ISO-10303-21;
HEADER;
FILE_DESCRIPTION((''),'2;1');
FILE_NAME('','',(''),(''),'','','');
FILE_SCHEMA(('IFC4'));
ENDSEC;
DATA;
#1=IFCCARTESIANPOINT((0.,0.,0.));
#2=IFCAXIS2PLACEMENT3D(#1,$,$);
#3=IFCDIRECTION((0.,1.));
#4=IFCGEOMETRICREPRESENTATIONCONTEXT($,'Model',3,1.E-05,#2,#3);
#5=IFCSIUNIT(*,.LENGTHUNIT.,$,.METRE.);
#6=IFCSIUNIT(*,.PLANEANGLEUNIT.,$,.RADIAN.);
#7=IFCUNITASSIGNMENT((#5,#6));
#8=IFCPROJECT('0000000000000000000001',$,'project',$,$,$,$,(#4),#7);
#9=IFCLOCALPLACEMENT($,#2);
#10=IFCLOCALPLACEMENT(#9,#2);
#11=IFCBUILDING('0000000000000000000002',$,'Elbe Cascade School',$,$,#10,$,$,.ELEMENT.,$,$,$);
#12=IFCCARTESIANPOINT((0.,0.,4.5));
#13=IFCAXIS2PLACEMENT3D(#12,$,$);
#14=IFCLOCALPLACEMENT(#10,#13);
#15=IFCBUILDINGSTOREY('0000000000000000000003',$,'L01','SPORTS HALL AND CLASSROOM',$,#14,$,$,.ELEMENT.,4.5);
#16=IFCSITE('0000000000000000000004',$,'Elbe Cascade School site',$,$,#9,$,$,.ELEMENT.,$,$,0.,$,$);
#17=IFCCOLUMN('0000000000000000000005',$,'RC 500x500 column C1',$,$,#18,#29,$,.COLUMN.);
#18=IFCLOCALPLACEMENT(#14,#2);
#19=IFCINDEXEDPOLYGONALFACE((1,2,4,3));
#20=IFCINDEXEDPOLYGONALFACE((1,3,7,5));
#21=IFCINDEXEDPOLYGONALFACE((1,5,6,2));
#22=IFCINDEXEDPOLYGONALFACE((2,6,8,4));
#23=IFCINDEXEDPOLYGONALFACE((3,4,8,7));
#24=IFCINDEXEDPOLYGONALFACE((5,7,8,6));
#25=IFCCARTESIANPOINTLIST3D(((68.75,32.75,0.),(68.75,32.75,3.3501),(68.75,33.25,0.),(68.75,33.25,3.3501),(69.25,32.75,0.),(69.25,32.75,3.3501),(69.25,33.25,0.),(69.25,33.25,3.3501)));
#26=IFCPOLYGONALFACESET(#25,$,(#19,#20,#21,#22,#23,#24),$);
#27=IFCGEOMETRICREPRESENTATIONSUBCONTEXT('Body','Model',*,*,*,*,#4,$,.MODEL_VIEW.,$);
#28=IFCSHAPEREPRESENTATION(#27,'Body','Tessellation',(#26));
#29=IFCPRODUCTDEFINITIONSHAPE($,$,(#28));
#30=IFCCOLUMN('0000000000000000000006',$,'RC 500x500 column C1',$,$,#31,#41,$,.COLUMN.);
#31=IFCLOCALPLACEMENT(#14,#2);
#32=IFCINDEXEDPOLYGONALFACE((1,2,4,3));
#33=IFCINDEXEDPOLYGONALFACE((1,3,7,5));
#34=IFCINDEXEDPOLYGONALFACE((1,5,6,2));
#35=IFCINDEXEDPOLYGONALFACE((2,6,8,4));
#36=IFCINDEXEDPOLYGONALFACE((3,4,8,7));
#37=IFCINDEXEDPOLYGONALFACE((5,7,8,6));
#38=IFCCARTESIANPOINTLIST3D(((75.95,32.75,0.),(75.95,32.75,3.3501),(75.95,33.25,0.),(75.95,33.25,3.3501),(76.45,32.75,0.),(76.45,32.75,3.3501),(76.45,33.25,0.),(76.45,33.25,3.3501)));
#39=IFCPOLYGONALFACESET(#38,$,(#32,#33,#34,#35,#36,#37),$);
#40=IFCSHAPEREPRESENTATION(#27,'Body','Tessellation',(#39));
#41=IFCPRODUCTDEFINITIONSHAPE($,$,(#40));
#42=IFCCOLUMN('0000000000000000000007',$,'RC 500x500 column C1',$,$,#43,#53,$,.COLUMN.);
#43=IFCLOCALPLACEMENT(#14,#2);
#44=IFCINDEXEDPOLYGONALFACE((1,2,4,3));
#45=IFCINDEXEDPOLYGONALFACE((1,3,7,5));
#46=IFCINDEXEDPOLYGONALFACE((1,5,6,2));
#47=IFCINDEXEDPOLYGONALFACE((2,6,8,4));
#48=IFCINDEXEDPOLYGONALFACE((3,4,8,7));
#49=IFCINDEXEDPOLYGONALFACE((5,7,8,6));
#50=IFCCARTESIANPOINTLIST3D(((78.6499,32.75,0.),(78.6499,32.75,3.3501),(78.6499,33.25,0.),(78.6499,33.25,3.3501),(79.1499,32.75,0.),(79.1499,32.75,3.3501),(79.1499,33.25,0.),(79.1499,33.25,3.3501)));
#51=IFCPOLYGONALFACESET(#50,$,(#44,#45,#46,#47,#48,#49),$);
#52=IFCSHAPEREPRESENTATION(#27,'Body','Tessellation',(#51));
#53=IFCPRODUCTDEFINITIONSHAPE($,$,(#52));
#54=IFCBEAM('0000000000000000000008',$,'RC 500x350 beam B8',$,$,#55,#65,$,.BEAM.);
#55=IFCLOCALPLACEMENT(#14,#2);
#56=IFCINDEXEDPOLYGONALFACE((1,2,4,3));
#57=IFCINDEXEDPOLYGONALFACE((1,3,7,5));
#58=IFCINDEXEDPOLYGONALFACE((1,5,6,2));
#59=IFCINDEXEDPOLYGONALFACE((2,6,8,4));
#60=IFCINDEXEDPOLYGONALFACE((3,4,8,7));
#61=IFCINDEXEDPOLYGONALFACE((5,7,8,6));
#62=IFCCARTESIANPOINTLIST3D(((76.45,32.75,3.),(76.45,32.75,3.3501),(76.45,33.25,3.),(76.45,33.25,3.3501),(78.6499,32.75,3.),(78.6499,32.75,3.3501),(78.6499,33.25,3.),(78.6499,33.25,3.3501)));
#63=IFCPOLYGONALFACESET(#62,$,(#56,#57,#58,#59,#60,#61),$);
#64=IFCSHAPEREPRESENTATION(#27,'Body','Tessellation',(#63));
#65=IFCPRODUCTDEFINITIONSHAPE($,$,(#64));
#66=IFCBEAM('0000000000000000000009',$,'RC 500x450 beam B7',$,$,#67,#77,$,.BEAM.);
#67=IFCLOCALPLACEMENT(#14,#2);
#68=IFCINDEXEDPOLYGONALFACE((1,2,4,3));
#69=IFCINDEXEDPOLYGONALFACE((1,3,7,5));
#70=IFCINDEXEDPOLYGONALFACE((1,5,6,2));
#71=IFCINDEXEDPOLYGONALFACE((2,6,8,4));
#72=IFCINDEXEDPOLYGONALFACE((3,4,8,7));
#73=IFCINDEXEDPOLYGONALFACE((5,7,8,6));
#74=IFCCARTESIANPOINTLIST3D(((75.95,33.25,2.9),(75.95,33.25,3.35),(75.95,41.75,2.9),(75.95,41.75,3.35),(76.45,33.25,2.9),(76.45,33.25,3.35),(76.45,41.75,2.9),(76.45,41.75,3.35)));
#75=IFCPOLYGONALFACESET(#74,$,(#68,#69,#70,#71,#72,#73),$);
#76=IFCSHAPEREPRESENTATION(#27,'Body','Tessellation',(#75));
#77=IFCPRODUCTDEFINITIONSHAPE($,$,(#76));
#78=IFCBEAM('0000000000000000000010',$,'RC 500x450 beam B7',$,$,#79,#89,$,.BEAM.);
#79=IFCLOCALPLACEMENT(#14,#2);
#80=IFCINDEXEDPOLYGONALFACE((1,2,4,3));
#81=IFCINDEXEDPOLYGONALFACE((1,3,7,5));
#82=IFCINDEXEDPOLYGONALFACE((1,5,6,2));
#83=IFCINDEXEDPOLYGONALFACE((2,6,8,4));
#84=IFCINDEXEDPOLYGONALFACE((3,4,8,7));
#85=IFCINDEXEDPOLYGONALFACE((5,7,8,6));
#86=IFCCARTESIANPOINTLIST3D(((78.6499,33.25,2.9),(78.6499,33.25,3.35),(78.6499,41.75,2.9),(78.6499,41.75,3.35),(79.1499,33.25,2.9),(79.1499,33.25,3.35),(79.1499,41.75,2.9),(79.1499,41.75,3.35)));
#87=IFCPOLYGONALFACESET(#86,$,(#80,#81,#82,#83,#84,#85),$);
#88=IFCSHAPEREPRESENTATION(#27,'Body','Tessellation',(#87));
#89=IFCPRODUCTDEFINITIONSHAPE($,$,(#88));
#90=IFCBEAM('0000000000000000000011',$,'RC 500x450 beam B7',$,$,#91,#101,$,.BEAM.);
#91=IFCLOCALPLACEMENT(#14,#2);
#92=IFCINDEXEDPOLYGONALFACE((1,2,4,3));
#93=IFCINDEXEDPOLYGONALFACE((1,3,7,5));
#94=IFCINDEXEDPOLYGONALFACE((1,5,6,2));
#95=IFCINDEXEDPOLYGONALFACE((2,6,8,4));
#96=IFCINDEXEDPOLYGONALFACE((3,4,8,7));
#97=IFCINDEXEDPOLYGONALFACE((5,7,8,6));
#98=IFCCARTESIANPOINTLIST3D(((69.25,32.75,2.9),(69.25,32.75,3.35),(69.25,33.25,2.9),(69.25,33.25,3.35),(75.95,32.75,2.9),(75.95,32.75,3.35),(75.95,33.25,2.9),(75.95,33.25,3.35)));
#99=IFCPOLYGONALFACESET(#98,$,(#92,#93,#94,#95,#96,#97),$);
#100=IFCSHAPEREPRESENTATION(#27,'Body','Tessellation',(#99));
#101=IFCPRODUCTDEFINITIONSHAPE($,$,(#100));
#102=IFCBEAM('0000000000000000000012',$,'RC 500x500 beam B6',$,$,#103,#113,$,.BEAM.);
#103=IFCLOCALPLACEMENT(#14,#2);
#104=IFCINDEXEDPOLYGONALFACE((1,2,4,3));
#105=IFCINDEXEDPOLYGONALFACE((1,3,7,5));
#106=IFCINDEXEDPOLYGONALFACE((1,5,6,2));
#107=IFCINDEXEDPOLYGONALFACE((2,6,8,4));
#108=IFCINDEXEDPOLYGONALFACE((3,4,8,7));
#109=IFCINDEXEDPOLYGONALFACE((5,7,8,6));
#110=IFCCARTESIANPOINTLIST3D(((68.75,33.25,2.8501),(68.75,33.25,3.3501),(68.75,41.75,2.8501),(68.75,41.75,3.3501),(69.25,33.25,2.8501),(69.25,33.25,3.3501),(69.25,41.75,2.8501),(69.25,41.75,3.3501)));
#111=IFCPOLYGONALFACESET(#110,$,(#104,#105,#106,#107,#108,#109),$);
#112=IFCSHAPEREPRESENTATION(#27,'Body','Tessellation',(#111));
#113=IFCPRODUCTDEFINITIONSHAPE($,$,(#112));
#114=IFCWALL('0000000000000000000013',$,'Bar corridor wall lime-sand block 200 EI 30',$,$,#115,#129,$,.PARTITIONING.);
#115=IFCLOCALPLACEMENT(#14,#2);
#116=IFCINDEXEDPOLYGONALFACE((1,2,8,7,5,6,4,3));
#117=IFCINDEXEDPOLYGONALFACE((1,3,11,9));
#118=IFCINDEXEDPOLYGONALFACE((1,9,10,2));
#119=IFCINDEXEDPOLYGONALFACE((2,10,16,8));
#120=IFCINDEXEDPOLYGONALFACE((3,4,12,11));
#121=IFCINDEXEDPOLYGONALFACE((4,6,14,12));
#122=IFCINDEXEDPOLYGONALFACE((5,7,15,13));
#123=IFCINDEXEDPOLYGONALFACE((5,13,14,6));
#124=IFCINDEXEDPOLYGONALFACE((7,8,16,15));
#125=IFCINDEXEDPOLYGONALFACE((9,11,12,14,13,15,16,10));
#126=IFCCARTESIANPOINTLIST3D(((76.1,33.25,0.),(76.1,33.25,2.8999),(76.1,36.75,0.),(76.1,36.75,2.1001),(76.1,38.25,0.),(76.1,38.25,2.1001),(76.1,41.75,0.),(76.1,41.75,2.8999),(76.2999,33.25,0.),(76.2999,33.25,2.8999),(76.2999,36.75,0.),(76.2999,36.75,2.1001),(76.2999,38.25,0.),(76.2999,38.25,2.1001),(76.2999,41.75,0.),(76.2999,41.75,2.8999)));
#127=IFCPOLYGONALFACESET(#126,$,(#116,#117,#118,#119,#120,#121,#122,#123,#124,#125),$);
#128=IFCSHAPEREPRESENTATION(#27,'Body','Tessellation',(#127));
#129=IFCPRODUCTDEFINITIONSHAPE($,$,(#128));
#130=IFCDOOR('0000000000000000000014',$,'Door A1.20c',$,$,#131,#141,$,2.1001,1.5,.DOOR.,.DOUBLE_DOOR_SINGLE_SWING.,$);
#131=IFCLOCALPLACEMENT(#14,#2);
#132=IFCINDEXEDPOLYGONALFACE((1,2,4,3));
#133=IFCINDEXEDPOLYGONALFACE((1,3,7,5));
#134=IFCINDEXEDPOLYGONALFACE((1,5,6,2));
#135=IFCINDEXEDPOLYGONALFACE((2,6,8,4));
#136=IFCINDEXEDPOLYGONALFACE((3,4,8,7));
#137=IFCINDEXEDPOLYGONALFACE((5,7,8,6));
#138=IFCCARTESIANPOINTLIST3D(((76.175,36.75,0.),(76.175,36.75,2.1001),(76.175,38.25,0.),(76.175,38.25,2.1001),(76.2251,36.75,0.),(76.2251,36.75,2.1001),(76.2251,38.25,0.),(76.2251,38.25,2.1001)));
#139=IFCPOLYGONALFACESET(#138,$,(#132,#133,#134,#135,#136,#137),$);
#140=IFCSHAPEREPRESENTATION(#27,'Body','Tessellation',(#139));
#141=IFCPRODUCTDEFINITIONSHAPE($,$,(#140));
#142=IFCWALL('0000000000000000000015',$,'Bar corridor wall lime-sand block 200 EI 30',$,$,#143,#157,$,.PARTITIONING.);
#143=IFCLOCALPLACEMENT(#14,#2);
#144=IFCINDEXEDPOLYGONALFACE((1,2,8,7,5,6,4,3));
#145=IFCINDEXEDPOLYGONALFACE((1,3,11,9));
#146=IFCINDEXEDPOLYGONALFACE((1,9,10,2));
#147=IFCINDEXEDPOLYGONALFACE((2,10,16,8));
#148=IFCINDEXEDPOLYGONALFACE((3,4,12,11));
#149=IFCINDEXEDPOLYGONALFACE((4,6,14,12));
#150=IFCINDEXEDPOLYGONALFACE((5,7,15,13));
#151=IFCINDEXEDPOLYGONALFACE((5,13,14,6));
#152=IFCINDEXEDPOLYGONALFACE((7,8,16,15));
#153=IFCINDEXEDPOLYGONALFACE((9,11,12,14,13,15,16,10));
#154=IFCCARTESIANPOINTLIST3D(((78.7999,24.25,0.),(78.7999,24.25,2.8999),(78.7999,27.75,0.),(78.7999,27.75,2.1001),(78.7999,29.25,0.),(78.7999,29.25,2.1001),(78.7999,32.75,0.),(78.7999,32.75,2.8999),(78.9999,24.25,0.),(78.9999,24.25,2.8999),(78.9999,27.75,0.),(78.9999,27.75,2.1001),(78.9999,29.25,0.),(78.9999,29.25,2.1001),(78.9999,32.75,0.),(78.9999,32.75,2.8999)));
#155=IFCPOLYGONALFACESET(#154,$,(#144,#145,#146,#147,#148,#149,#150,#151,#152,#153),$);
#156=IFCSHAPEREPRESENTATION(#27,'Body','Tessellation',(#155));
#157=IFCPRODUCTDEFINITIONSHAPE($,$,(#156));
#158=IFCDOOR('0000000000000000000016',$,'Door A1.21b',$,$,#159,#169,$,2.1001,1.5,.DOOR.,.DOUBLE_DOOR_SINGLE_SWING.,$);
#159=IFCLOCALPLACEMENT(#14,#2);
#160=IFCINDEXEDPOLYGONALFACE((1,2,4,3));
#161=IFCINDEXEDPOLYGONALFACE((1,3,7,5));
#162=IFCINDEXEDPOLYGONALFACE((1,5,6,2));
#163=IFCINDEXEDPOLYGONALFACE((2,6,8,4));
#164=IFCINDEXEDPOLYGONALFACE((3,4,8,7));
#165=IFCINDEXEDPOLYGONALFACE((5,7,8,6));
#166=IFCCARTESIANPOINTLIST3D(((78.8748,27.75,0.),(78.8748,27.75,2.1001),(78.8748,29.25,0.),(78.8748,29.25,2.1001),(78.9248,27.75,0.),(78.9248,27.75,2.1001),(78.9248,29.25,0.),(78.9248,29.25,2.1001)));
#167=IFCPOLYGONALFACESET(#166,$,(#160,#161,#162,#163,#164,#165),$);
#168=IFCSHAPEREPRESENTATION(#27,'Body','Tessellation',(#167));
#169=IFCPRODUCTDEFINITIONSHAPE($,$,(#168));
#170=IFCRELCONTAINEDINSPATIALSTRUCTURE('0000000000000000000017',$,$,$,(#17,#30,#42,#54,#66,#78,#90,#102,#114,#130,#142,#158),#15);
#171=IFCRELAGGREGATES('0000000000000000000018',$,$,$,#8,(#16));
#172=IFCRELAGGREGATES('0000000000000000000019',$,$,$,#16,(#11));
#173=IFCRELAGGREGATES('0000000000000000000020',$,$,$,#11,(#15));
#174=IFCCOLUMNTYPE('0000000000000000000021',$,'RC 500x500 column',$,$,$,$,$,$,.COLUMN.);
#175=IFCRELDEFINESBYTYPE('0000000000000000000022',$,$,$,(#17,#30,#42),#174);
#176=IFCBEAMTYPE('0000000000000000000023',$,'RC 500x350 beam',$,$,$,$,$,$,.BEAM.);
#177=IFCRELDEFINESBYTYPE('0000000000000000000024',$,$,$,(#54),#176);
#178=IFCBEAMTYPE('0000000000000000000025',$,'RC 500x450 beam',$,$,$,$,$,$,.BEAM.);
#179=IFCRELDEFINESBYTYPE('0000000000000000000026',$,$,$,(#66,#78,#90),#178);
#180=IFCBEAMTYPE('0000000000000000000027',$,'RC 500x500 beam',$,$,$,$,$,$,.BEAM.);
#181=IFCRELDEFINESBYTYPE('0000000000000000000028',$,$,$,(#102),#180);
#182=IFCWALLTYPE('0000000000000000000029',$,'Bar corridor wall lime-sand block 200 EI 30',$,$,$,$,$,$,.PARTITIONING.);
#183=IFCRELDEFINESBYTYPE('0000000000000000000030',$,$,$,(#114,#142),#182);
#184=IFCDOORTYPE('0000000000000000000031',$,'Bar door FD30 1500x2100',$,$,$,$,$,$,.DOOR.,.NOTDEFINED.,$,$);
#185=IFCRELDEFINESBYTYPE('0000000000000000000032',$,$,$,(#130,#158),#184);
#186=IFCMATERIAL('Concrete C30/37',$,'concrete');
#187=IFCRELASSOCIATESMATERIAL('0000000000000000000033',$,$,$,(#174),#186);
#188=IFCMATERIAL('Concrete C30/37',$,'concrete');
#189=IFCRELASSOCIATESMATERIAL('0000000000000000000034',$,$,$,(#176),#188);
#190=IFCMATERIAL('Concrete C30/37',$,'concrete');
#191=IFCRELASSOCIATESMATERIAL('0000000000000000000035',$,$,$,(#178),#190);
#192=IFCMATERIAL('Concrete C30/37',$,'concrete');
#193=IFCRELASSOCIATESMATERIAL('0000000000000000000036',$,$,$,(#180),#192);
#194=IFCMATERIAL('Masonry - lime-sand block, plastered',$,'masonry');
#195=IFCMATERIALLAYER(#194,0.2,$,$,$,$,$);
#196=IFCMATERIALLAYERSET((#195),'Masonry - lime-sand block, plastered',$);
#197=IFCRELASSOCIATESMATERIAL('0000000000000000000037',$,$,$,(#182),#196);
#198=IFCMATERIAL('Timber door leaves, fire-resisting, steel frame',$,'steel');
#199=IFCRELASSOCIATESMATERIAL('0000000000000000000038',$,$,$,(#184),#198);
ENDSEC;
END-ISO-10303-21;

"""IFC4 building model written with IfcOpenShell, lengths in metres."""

from ifc_helpers import new_model, si_unit, direction, frame, frame_2d, origin, origin_2d, place, context, subcontext, project, spatial, rectangle, extrude, material, layer, layer_set, material_profile, profile_set, type_object, element, fill, save


model = new_model("IFC4")

# Units and contexts
model_context = context("Model", 3, precision=1e-05, world=origin(), true_north=direction((0.0, 1.0)))
body_context = subcontext(model_context, "Body", "Model", "MODEL_VIEW")
ifc_project = project(units=[si_unit("LENGTHUNIT", "METRE"), si_unit("PLANEANGLEUNIT", "RADIAN")], contexts=[model_context])

# Site, building, storey
site_placement = place(None, origin())
site = spatial("IfcSite", under=ifc_project, at=site_placement, Name="Elbe Cascade School site", CompositionType="ELEMENT", RefElevation=0.0)
building_placement = place(site_placement, origin())
building = spatial("IfcBuilding", under=site, at=building_placement, Name="Elbe Cascade School", CompositionType="ELEMENT")
storey_placement = place(building_placement, frame((0.0, 0.0, 4.5)))
storey = spatial("IfcBuildingStorey", under=building, at=storey_placement, Name="L01", Description="SPORTS HALL AND CLASSROOM", CompositionType="ELEMENT", Elevation=4.5)

# Columns
ifc_material_1 = material(Name="Concrete C30/37", Category="concrete")
ifc_material_profile_1 = material_profile(ifc_material_1, rectangle(XDim=0.5, YDim=0.5, at=origin_2d()), Name="RC 500x500")
ifc_profile_set_1 = profile_set([ifc_material_profile_1], Name="Concrete C30/37")
column_type = type_object("IfcColumnType", Name="RC 500x500 column", PredefinedType="COLUMN", material=ifc_profile_set_1)
for number, where, z_axis, x_axis, name in (
    (1, (69.0, 33.0, 0.0), (0.0, 0.0, 1.0), (1.0, 0.0, 0.0), "RC 500x500 column C1"),
    (2, (76.2, 33.0, 0.0), (0.0, 0.0, 1.0), (1.0, 0.0, 0.0), "RC 500x500 column C1"),
    (3, (78.8999, 33.0, 0.0), (0.0, 0.0, 1.0), (1.0, 0.0, 0.0), "RC 500x500 column C1"),
):
    element("IfcColumn", number, at=place(storey_placement, frame(where, z_axis=z_axis, x_axis=x_axis)), inside=storey, type_object=column_type, Name=name, PredefinedType="COLUMN", context=body_context, shape_type="SweptSolid", body=[
        extrude(rectangle(XDim=0.5, YDim=0.5, at=origin_2d()), origin(), (0.0, 0.0, 1.0), 3.3501),
    ])

# Beams
ifc_material_2 = material(Name="Concrete C30/37", Category="concrete")
ifc_material_profile_2 = material_profile(ifc_material_2, rectangle(XDim=0.5, YDim=0.3501, at=origin_2d()), Name="RC 500x350")
ifc_profile_set_2 = profile_set([ifc_material_profile_2], Name="Concrete C30/37")
beam_type_1 = type_object("IfcBeamType", Name="RC 500x350 beam", PredefinedType="BEAM", material=ifc_profile_set_2)
beam_1_placement = place(storey_placement, frame((76.45, 33.0, 3.175), z_axis=(1.0, 0.0, 0.0), x_axis=(0.0, 1.0, 0.0)))
element("IfcBeam", 4, at=beam_1_placement, inside=storey, type_object=beam_type_1, Name="RC 500x350 beam B8", PredefinedType="BEAM", context=body_context, shape_type="SweptSolid", body=[
    extrude(rectangle(XDim=0.5, YDim=0.3501, at=origin_2d()), origin(), (0.0, 0.0, 1.0), 2.2),
])
ifc_material_3 = material(Name="Concrete C30/37", Category="concrete")
ifc_material_profile_3 = material_profile(ifc_material_3, rectangle(XDim=0.5, YDim=0.45, at=origin_2d()), Name="RC 500x450")
ifc_profile_set_3 = profile_set([ifc_material_profile_3], Name="Concrete C30/37")
beam_type_2 = type_object("IfcBeamType", Name="RC 500x450 beam", PredefinedType="BEAM", material=ifc_profile_set_3)
for number, where, z_axis, x_axis, name in (
    (5, (76.2, 33.25, 3.125), (0.0, 1.0, 0.0), (-1.0, 0.0, 0.0), "RC 500x450 beam B7"),
    (6, (78.8999, 33.25, 3.125), (0.0, 1.0, 0.0), (-1.0, 0.0, 0.0), "RC 500x450 beam B7"),
):
    element("IfcBeam", number, at=place(storey_placement, frame(where, z_axis=z_axis, x_axis=x_axis)), inside=storey, type_object=beam_type_2, Name=name, PredefinedType="BEAM", context=body_context, shape_type="SweptSolid", body=[
        extrude(rectangle(XDim=0.5, YDim=0.45, at=origin_2d()), origin(), (0.0, 0.0, 1.0), 8.5),
    ])
beam_2_placement = place(storey_placement, frame((69.25, 33.0, 3.125), z_axis=(1.0, 0.0, 0.0), x_axis=(0.0, 1.0, 0.0)))
element("IfcBeam", 7, at=beam_2_placement, inside=storey, type_object=beam_type_2, Name="RC 500x450 beam B7", PredefinedType="BEAM", context=body_context, shape_type="SweptSolid", body=[
    extrude(rectangle(XDim=0.5, YDim=0.45, at=origin_2d()), origin(), (0.0, 0.0, 1.0), 6.7),
])
ifc_material_4 = material(Name="Concrete C30/37", Category="concrete")
ifc_material_profile_4 = material_profile(ifc_material_4, rectangle(XDim=0.5, YDim=0.5, at=origin_2d()), Name="RC 500x500")
ifc_profile_set_4 = profile_set([ifc_material_profile_4], Name="Concrete C30/37")
beam_type_3 = type_object("IfcBeamType", Name="RC 500x500 beam", PredefinedType="BEAM", material=ifc_profile_set_4)
beam_3_placement = place(storey_placement, frame((69.0, 33.25, 3.1001), z_axis=(0.0, 1.0, 0.0), x_axis=(-1.0, 0.0, 0.0)))
element("IfcBeam", 8, at=beam_3_placement, inside=storey, type_object=beam_type_3, Name="RC 500x500 beam B6", PredefinedType="BEAM", context=body_context, shape_type="SweptSolid", body=[
    extrude(rectangle(XDim=0.5, YDim=0.5, at=origin_2d()), origin(), (0.0, 0.0, 1.0), 8.5),
])

# Walls, openings, doors
ifc_material_5 = material(Name="Masonry - lime-sand block, plastered", Category="masonry")
ifc_layer_1 = layer(ifc_material_5, 0.2)
ifc_layer_set_1 = layer_set([ifc_layer_1], Name="Masonry - lime-sand block, plastered")
wall_type_1 = type_object("IfcWallType", Name="Bar corridor wall lime-sand block 200 EI 30", PredefinedType="PARTITIONING", material=ifc_layer_set_1)
wall_1_placement = place(storey_placement, frame((76.2, 33.25, 0.0), z_axis=(0.0, 0.0, 1.0), x_axis=(0.0, 1.0, 0.0)))
wall_1 = element("IfcWall", 9, at=wall_1_placement, inside=storey, type_object=wall_type_1, Name="Bar corridor wall lime-sand block 200 EI 30", PredefinedType="PARTITIONING", context=body_context, shape_type="SweptSolid", body=[
    extrude(rectangle(XDim=8.5, YDim=0.2, at=frame_2d((4.25, 0.0))), origin(), (0.0, 0.0, 1.0), 2.8999),
])
opening_1_placement = place(wall_1_placement, frame((3.5, 0.0, 0.0)))
opening_1 = element("IfcOpeningElement", 10, at=opening_1_placement, cuts=wall_1, PredefinedType="OPENING", context=body_context, shape_type="SweptSolid", body=[
    extrude(rectangle(XDim=1.5, YDim=2.1001, at=frame_2d((0.75, 1.05))), frame((0.0, 0.1099, 0.0), z_axis=(0.0, -1.0, 0.0), x_axis=(1.0, 0.0, 0.0)), (0.0, 0.0, 1.0), 0.22),
])
ifc_material_6 = material(Name="Timber door leaves, fire-resisting, steel frame", Category="steel")
door_type = type_object("IfcDoorType", Name="Bar door FD30 1500x2100", OperationType="NOTDEFINED", PredefinedType="DOOR", material=ifc_material_6)
door_1_placement = place(opening_1_placement, origin())
door_1 = element("IfcDoor", 11, at=door_1_placement, inside=storey, type_object=door_type, Name="Door A1.20c", OperationType="DOUBLE_DOOR_SINGLE_SWING", OverallHeight=2.1001, OverallWidth=1.5, PredefinedType="DOOR", context=body_context, shape_type="SweptSolid", body=[
    extrude(rectangle(XDim=1.5, YDim=2.1001, at=frame_2d((0.75, 1.05))), frame((0.0, 0.0249, 0.0), z_axis=(0.0, -1.0, 0.0), x_axis=(1.0, 0.0, 0.0)), (0.0, 0.0, 1.0), 0.05),
])
fill(opening_1, door_1)
wall_2_placement = place(storey_placement, frame((78.8999, 32.75, 0.0), z_axis=(0.0, 0.0, 1.0), x_axis=(0.0, -1.0, 0.0)))
wall_2 = element("IfcWall", 12, at=wall_2_placement, inside=storey, type_object=wall_type_1, Name="Bar corridor wall lime-sand block 200 EI 30", PredefinedType="PARTITIONING", context=body_context, shape_type="SweptSolid", body=[
    extrude(rectangle(XDim=8.5, YDim=0.2, at=frame_2d((4.25, 0.0))), origin(), (0.0, 0.0, 1.0), 2.8999),
])
opening_2_placement = place(wall_2_placement, frame((3.5, 0.0, 0.0)))
opening_2 = element("IfcOpeningElement", 13, at=opening_2_placement, cuts=wall_2, PredefinedType="OPENING", context=body_context, shape_type="SweptSolid", body=[
    extrude(rectangle(XDim=1.5, YDim=2.1001, at=frame_2d((0.75, 1.05))), frame((0.0, 0.1099, 0.0), z_axis=(0.0, -1.0, 0.0), x_axis=(1.0, 0.0, 0.0)), (0.0, 0.0, 1.0), 0.22),
])
door_2_placement = place(opening_2_placement, origin())
door_2 = element("IfcDoor", 14, at=door_2_placement, inside=storey, type_object=door_type, Name="Door A1.21b", OperationType="DOUBLE_DOOR_SINGLE_SWING", OverallHeight=2.1001, OverallWidth=1.5, PredefinedType="DOOR", context=body_context, shape_type="SweptSolid", body=[
    extrude(rectangle(XDim=1.5, YDim=2.1001, at=frame_2d((0.75, 1.05))), frame((0.0, 0.0249, 0.0), z_axis=(0.0, -1.0, 0.0), x_axis=(1.0, 0.0, 0.0)), (0.0, 0.0, 1.0), 0.05),
])
fill(opening_2, door_2)

save(model, "model.ifc")
